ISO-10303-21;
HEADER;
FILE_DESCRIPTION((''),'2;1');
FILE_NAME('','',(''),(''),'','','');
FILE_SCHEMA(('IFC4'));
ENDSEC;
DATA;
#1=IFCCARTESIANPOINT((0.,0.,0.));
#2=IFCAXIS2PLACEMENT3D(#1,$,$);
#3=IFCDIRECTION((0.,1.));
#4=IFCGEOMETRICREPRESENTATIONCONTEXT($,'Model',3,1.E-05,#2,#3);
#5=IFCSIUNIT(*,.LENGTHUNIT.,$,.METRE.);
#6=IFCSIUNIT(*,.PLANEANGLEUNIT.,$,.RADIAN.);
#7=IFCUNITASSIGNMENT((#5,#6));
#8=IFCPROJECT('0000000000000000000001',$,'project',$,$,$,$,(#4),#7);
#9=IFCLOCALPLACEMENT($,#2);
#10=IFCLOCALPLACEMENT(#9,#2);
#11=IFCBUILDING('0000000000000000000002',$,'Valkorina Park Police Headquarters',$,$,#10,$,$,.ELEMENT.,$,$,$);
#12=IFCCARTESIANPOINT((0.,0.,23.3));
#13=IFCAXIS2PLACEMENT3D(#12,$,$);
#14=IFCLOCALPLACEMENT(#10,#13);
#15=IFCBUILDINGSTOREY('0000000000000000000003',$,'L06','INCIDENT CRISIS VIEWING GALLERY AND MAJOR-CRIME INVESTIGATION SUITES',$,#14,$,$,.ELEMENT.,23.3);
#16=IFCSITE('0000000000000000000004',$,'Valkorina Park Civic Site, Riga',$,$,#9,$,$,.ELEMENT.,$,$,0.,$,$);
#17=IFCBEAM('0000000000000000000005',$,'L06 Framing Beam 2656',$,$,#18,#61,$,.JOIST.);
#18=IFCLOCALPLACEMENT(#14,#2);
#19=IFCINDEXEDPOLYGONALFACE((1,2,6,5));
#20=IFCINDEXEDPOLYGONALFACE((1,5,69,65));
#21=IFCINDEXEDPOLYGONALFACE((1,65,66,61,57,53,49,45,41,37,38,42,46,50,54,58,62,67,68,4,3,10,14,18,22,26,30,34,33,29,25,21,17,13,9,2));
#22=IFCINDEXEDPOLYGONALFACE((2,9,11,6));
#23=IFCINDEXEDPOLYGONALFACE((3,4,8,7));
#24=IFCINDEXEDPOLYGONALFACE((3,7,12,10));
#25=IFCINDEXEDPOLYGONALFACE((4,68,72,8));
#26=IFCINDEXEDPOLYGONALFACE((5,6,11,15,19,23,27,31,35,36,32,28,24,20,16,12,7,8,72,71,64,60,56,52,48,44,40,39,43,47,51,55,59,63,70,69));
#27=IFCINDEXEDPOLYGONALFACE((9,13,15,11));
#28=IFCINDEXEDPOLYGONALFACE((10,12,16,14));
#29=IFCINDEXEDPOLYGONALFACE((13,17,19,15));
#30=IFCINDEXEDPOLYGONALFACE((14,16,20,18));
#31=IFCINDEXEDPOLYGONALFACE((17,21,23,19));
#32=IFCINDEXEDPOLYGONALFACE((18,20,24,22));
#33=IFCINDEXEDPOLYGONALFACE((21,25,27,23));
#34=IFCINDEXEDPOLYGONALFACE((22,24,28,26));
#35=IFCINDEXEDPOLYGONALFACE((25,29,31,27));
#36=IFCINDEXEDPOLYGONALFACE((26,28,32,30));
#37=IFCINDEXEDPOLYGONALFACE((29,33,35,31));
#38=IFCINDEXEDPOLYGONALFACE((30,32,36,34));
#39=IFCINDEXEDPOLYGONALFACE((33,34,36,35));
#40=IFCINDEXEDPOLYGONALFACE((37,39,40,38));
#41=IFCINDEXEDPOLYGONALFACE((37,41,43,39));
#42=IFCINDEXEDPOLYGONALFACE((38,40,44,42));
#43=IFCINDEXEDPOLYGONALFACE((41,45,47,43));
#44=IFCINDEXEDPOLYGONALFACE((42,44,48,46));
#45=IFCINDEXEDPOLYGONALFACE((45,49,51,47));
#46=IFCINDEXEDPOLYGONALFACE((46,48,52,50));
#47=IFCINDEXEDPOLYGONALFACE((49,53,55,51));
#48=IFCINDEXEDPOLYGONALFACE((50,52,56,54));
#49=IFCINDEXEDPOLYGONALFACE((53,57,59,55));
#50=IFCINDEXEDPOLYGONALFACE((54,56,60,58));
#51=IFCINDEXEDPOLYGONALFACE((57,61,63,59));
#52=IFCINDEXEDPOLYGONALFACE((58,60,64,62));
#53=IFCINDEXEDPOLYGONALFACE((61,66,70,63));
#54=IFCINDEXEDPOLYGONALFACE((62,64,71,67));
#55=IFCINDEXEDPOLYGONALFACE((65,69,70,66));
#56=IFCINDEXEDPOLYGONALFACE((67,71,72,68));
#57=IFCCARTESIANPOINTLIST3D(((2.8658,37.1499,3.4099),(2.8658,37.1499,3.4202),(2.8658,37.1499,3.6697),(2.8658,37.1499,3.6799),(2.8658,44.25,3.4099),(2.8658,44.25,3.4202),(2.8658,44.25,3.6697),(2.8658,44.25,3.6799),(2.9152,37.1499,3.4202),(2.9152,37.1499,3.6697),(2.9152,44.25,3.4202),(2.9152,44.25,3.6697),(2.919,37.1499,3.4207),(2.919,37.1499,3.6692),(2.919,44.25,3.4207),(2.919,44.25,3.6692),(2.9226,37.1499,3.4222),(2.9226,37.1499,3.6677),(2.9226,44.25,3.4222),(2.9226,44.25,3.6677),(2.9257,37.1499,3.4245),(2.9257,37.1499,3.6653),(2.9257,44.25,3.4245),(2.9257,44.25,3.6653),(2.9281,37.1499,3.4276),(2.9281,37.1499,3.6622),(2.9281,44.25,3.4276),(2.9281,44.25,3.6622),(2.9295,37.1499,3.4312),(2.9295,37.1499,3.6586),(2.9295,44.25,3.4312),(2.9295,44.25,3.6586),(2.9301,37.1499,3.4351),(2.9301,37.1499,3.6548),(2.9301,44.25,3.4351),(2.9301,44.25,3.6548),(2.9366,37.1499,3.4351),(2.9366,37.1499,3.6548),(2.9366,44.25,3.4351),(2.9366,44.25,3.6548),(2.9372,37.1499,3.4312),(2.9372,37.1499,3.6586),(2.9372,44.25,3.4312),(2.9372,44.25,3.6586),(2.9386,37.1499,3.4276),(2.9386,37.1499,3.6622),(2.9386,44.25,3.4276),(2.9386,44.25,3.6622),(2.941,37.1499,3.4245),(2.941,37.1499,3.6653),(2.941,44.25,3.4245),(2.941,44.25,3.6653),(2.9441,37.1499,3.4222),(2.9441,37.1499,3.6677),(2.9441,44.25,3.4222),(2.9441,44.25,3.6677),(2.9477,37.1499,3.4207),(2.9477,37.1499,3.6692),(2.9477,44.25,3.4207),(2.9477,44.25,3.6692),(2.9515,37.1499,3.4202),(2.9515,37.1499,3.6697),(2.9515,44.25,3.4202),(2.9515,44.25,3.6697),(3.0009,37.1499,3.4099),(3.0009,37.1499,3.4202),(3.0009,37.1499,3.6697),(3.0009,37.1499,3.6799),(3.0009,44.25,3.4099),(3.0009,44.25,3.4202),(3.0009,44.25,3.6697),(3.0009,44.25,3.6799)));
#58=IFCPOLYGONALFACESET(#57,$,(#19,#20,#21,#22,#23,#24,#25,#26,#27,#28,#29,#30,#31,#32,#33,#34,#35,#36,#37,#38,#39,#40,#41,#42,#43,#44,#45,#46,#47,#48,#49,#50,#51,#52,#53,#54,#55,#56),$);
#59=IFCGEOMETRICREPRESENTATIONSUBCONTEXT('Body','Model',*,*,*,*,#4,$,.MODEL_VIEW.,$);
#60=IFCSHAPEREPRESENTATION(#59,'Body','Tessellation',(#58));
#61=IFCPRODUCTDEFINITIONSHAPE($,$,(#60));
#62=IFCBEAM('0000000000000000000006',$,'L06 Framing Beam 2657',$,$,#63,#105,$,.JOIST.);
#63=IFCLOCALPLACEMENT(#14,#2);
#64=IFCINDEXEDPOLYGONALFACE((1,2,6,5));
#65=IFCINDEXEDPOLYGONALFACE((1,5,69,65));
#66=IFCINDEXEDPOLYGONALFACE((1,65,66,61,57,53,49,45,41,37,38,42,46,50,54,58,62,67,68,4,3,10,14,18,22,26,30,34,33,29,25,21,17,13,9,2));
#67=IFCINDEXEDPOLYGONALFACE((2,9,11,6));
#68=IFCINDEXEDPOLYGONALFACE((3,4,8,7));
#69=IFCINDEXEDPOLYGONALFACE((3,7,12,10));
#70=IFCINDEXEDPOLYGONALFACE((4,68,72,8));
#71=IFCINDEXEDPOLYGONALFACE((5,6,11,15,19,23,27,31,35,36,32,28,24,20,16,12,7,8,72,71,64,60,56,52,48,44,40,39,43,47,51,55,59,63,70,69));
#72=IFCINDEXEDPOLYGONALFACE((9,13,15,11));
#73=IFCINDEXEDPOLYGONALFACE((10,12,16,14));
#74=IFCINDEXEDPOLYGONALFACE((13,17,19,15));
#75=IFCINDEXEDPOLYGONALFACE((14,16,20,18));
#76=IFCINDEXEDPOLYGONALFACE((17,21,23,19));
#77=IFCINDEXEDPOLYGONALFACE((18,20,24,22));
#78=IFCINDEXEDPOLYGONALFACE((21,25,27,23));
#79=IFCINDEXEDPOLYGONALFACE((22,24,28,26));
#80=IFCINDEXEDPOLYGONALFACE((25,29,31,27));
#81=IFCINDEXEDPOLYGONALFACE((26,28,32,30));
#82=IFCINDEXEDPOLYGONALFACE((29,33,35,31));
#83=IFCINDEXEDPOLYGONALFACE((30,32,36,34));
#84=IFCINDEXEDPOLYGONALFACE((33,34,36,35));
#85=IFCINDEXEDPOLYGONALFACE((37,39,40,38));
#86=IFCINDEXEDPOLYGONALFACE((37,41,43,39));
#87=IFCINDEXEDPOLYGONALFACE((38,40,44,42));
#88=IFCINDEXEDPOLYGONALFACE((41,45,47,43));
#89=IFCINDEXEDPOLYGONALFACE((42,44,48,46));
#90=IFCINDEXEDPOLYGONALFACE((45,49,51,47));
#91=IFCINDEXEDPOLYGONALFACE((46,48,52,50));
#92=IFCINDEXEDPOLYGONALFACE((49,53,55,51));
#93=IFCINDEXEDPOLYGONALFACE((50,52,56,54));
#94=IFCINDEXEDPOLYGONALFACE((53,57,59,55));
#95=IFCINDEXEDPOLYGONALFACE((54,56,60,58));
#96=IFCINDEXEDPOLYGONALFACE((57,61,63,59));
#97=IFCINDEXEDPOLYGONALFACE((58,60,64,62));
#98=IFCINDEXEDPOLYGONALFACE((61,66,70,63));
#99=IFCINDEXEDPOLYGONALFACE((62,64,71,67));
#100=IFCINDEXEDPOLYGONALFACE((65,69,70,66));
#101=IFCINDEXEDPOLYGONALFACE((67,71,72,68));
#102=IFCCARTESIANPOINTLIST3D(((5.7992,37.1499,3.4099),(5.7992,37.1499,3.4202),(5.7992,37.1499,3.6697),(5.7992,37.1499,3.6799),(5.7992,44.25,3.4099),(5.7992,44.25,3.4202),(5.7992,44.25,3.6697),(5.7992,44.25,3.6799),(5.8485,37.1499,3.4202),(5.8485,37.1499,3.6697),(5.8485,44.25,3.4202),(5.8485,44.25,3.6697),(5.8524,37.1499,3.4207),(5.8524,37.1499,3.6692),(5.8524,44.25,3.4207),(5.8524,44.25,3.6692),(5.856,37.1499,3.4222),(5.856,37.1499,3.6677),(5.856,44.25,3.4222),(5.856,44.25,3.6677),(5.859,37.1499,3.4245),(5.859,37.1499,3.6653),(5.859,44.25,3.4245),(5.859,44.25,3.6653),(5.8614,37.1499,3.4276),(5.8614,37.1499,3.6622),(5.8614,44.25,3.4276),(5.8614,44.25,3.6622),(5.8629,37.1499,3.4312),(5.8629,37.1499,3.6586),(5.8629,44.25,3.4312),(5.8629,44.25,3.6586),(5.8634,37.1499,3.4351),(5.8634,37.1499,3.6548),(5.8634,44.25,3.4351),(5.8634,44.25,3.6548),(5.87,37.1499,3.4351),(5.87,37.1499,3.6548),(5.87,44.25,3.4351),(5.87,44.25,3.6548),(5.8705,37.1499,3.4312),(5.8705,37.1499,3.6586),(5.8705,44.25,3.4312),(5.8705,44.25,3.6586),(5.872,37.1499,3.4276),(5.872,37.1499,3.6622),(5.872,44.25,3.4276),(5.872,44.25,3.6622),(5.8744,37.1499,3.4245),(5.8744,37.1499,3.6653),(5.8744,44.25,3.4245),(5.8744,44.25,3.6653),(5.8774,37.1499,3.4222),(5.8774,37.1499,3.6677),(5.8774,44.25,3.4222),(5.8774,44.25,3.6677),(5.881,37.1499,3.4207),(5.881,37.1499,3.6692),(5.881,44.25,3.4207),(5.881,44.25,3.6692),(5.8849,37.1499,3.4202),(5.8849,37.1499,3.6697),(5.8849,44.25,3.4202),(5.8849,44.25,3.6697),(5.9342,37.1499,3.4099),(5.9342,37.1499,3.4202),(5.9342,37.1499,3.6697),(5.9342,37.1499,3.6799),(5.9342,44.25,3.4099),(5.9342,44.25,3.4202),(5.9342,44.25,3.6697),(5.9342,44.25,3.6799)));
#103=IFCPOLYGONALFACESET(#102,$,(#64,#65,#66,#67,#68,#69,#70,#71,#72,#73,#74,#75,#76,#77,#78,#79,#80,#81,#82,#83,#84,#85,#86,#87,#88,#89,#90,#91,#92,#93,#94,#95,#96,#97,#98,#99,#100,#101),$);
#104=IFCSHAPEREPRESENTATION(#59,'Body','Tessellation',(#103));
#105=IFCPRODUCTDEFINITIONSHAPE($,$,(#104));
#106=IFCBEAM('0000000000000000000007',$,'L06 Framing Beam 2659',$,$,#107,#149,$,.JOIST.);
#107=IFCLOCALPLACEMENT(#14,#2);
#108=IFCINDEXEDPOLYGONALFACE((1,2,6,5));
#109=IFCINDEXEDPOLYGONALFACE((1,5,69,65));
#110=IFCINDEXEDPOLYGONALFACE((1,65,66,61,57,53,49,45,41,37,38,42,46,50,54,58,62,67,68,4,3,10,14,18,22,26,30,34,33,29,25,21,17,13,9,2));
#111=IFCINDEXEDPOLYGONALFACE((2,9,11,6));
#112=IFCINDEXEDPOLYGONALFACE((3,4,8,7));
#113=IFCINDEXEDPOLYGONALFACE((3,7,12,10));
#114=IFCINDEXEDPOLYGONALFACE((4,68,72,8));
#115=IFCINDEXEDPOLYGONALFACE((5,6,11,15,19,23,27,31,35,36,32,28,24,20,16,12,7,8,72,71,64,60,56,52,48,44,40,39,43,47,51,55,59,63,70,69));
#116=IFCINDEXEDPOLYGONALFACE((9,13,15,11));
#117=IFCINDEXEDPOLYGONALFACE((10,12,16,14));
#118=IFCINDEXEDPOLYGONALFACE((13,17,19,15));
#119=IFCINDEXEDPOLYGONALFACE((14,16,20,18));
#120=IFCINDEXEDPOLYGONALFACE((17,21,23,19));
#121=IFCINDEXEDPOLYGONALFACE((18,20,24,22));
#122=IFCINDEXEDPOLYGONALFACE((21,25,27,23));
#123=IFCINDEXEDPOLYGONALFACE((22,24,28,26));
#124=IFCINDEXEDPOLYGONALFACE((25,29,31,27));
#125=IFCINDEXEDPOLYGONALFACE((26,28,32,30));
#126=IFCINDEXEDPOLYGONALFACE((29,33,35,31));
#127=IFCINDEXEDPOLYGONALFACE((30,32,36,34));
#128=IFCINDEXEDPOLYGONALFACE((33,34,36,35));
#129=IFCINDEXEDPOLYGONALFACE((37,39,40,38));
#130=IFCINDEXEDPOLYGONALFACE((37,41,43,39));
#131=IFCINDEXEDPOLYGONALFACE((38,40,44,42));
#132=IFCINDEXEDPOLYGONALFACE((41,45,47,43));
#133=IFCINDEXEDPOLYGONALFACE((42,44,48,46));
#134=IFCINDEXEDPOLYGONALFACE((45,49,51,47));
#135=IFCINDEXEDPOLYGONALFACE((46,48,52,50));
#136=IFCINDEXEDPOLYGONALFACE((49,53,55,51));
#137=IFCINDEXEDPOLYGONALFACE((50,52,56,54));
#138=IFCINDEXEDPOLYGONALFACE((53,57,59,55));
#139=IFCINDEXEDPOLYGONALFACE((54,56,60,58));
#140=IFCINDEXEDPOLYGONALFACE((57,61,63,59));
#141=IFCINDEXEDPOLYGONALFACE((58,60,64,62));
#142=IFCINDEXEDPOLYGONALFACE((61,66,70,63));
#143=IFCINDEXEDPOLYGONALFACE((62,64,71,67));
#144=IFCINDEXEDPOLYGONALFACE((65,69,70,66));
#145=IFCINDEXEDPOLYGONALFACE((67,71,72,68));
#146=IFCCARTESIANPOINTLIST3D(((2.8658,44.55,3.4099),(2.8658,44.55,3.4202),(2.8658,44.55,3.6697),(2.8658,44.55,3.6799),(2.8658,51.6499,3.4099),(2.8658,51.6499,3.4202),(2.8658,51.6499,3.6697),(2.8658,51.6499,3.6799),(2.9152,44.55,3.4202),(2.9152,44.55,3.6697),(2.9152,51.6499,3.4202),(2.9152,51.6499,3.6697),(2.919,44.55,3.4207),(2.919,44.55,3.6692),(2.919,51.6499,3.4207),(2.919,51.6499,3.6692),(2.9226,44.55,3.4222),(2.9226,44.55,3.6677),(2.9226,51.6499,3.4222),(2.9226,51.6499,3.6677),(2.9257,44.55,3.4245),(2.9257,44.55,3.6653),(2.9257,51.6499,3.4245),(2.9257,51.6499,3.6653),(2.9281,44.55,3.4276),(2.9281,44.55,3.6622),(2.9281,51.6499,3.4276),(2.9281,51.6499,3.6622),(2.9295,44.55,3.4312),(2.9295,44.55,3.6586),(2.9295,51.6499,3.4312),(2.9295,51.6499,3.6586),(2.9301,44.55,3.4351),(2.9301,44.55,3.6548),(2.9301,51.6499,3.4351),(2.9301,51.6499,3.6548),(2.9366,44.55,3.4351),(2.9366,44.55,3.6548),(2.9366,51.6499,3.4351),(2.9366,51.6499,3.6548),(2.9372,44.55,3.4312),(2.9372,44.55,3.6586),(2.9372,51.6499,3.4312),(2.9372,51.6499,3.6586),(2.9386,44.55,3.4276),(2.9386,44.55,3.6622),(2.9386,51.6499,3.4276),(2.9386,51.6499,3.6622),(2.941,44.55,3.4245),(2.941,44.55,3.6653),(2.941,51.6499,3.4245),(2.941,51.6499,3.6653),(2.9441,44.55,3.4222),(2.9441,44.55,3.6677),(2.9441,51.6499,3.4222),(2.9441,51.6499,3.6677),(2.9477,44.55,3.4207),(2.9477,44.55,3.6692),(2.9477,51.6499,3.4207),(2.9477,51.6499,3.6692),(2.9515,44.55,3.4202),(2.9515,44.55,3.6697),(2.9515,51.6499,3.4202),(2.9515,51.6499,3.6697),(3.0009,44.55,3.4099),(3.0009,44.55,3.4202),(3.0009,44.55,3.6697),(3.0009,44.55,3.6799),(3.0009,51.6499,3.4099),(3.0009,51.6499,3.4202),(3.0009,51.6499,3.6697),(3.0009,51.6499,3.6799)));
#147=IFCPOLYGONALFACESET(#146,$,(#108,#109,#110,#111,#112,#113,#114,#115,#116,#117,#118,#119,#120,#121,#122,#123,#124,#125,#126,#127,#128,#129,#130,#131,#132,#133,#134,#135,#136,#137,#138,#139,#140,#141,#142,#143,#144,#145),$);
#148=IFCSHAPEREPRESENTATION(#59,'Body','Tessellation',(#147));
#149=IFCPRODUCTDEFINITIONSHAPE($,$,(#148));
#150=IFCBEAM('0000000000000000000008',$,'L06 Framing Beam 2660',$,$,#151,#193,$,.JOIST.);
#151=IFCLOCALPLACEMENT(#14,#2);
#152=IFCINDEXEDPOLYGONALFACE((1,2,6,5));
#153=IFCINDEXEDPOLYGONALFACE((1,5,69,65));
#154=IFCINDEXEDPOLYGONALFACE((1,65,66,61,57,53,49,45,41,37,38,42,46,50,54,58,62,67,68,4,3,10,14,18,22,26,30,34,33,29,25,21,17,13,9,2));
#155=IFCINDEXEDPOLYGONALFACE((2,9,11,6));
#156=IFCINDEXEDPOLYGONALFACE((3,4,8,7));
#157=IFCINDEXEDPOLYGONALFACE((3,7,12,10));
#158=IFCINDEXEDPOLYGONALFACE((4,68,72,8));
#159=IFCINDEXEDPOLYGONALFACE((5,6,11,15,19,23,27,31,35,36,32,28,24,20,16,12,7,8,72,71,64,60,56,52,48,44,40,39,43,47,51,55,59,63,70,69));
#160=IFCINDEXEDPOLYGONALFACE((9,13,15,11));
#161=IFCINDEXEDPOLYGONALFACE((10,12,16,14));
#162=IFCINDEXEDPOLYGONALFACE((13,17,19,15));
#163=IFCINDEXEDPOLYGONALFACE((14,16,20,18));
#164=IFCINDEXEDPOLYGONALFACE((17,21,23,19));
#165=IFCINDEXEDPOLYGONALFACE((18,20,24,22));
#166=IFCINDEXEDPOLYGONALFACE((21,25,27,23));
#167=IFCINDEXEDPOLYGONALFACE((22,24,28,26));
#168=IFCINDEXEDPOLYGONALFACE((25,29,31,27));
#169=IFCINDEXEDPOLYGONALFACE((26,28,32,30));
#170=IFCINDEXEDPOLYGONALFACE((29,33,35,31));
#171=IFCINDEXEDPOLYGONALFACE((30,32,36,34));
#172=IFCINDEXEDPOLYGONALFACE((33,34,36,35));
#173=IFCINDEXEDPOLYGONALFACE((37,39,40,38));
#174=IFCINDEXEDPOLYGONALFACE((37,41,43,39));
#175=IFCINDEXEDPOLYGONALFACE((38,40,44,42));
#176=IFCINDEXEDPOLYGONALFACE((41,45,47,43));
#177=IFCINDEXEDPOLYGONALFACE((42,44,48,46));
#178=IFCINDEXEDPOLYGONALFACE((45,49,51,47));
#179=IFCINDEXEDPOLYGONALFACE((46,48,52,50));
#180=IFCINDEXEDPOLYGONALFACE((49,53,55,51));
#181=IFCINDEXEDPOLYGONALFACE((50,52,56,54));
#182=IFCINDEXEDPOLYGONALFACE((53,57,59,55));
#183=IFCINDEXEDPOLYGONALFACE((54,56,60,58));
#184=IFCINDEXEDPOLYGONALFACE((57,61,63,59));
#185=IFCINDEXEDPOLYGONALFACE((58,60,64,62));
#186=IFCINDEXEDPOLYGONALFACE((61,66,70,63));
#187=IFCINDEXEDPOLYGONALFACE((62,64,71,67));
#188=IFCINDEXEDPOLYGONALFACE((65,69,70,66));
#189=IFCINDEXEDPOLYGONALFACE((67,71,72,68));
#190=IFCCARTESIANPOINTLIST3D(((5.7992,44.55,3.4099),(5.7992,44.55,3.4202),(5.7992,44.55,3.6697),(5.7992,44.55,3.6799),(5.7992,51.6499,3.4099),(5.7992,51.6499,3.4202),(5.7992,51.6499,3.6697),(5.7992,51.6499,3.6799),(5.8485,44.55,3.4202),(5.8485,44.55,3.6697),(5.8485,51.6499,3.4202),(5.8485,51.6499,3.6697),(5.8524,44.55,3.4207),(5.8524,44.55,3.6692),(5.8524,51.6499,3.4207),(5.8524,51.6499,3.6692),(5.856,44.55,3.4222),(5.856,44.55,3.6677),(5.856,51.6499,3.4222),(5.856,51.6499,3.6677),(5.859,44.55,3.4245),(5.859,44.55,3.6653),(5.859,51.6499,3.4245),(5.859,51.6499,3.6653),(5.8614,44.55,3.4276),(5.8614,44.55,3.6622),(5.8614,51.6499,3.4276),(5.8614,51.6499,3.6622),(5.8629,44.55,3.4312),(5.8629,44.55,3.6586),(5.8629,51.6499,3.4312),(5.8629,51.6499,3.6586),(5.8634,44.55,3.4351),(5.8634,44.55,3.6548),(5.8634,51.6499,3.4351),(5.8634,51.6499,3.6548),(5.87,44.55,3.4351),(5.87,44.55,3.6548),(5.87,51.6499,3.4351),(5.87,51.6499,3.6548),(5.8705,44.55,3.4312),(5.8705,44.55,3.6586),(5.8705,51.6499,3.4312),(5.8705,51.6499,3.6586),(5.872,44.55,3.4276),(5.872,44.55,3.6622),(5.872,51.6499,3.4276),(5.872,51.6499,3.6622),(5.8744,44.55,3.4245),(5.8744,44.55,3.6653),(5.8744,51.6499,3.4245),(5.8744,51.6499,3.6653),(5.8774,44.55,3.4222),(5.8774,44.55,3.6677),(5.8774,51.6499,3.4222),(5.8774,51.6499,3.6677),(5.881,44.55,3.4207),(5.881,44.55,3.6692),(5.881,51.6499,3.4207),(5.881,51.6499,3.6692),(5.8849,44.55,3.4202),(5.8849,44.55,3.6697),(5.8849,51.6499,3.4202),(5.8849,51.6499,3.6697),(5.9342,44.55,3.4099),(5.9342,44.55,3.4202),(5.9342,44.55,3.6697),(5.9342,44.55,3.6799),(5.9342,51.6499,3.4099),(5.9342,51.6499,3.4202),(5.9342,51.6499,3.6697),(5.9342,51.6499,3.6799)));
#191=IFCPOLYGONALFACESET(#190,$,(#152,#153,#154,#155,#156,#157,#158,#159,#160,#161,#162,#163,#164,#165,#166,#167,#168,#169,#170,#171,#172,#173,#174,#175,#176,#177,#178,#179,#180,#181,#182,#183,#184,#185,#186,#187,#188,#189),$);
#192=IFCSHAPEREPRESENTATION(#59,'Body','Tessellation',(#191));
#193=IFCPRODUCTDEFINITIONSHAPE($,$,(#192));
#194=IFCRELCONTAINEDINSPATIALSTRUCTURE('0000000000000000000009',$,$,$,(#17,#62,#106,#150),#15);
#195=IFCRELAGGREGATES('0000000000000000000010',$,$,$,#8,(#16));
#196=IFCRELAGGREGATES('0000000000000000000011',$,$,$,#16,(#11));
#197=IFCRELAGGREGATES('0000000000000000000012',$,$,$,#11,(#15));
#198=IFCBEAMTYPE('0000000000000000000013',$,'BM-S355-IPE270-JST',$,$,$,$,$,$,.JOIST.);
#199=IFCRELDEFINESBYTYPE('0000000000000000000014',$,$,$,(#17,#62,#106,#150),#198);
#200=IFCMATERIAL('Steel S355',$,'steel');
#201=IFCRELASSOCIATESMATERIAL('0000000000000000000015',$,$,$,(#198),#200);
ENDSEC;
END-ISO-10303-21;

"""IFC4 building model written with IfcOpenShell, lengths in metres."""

from ifc_helpers import new_model, si_unit, direction, frame, origin, origin_2d, place, context, subcontext, project, spatial, i_section, extrude, material, material_profile, profile_set, type_object, element, save


model = new_model("IFC4")

# Units and contexts
model_context = context("Model", 3, precision=1e-05, world=origin(), true_north=direction((0.0, 1.0)))
body_context = subcontext(model_context, "Body", "Model", "MODEL_VIEW")
ifc_project = project(units=[si_unit("LENGTHUNIT", "METRE"), si_unit("PLANEANGLEUNIT", "RADIAN")], contexts=[model_context])

# Site, building, storey
site_placement = place(None, origin())
site = spatial("IfcSite", under=ifc_project, at=site_placement, Name="Valkorina Park Civic Site, Riga", CompositionType="ELEMENT", RefElevation=0.0)
building_placement = place(site_placement, origin())
building = spatial("IfcBuilding", under=site, at=building_placement, Name="Valkorina Park Police Headquarters", CompositionType="ELEMENT")
storey_placement = place(building_placement, frame((0.0, 0.0, 23.3)))
storey = spatial("IfcBuildingStorey", under=building, at=storey_placement, Name="L06", Description="INCIDENT CRISIS VIEWING GALLERY AND MAJOR-CRIME INVESTIGATION SUITES", CompositionType="ELEMENT", Elevation=23.3)

# Shared definitions
ifc_material_1 = material(Name="Steel S355", Category="steel")

# Beams
ifc_material_profile_1 = material_profile(ifc_material_1, i_section(OverallWidth=0.135, OverallDepth=0.27, WebThickness=0.0066, FlangeThickness=0.0103, FilletRadius=0.0149, at=origin_2d()), Name="IPE 270")
ifc_profile_set_1 = profile_set([ifc_material_profile_1], Name="Steel S355")
beam_type_1 = type_object("IfcBeamType", Name="BM-S355-IPE270-JST", PredefinedType="JOIST", material=ifc_profile_set_1)
for number, where, z_axis, x_axis, name in (
    (1, (2.9333, 37.1499, 3.5449), (0.0, 1.0, 0.0), (-1.0, 0.0, 0.0), "L06 Framing Beam 2656"),
    (2, (5.8667, 37.1499, 3.5449), (0.0, 1.0, 0.0), (-1.0, 0.0, 0.0), "L06 Framing Beam 2657"),
):
    element("IfcBeam", number, at=place(storey_placement, frame(where, z_axis=z_axis, x_axis=x_axis)), inside=storey, type_object=beam_type_1, Name=name, PredefinedType="JOIST", context=body_context, shape_type="SweptSolid", body=[
        extrude(i_section(OverallWidth=0.135, OverallDepth=0.27, WebThickness=0.0066, FlangeThickness=0.0103, FilletRadius=0.0149, at=origin_2d()), origin(), (0.0, 0.0, 1.0), 7.1001),
    ])
for number, where, z_axis, x_axis, name in (
    (3, (2.9333, 44.55, 3.5449), (0.0, 1.0, 0.0), (-1.0, 0.0, 0.0), "L06 Framing Beam 2659"),
    (4, (5.8667, 44.55, 3.5449), (0.0, 1.0, 0.0), (-1.0, 0.0, 0.0), "L06 Framing Beam 2660"),
):
    element("IfcBeam", number, at=place(storey_placement, frame(where, z_axis=z_axis, x_axis=x_axis)), inside=storey, type_object=beam_type_1, Name=name, PredefinedType="JOIST", context=body_context, shape_type="SweptSolid", body=[
        extrude(i_section(OverallWidth=0.135, OverallDepth=0.27, WebThickness=0.0066, FlangeThickness=0.0103, FilletRadius=0.0149, at=origin_2d()), origin(), (0.0, 0.0, 1.0), 7.0999),
    ])

save(model, "model.ifc")
